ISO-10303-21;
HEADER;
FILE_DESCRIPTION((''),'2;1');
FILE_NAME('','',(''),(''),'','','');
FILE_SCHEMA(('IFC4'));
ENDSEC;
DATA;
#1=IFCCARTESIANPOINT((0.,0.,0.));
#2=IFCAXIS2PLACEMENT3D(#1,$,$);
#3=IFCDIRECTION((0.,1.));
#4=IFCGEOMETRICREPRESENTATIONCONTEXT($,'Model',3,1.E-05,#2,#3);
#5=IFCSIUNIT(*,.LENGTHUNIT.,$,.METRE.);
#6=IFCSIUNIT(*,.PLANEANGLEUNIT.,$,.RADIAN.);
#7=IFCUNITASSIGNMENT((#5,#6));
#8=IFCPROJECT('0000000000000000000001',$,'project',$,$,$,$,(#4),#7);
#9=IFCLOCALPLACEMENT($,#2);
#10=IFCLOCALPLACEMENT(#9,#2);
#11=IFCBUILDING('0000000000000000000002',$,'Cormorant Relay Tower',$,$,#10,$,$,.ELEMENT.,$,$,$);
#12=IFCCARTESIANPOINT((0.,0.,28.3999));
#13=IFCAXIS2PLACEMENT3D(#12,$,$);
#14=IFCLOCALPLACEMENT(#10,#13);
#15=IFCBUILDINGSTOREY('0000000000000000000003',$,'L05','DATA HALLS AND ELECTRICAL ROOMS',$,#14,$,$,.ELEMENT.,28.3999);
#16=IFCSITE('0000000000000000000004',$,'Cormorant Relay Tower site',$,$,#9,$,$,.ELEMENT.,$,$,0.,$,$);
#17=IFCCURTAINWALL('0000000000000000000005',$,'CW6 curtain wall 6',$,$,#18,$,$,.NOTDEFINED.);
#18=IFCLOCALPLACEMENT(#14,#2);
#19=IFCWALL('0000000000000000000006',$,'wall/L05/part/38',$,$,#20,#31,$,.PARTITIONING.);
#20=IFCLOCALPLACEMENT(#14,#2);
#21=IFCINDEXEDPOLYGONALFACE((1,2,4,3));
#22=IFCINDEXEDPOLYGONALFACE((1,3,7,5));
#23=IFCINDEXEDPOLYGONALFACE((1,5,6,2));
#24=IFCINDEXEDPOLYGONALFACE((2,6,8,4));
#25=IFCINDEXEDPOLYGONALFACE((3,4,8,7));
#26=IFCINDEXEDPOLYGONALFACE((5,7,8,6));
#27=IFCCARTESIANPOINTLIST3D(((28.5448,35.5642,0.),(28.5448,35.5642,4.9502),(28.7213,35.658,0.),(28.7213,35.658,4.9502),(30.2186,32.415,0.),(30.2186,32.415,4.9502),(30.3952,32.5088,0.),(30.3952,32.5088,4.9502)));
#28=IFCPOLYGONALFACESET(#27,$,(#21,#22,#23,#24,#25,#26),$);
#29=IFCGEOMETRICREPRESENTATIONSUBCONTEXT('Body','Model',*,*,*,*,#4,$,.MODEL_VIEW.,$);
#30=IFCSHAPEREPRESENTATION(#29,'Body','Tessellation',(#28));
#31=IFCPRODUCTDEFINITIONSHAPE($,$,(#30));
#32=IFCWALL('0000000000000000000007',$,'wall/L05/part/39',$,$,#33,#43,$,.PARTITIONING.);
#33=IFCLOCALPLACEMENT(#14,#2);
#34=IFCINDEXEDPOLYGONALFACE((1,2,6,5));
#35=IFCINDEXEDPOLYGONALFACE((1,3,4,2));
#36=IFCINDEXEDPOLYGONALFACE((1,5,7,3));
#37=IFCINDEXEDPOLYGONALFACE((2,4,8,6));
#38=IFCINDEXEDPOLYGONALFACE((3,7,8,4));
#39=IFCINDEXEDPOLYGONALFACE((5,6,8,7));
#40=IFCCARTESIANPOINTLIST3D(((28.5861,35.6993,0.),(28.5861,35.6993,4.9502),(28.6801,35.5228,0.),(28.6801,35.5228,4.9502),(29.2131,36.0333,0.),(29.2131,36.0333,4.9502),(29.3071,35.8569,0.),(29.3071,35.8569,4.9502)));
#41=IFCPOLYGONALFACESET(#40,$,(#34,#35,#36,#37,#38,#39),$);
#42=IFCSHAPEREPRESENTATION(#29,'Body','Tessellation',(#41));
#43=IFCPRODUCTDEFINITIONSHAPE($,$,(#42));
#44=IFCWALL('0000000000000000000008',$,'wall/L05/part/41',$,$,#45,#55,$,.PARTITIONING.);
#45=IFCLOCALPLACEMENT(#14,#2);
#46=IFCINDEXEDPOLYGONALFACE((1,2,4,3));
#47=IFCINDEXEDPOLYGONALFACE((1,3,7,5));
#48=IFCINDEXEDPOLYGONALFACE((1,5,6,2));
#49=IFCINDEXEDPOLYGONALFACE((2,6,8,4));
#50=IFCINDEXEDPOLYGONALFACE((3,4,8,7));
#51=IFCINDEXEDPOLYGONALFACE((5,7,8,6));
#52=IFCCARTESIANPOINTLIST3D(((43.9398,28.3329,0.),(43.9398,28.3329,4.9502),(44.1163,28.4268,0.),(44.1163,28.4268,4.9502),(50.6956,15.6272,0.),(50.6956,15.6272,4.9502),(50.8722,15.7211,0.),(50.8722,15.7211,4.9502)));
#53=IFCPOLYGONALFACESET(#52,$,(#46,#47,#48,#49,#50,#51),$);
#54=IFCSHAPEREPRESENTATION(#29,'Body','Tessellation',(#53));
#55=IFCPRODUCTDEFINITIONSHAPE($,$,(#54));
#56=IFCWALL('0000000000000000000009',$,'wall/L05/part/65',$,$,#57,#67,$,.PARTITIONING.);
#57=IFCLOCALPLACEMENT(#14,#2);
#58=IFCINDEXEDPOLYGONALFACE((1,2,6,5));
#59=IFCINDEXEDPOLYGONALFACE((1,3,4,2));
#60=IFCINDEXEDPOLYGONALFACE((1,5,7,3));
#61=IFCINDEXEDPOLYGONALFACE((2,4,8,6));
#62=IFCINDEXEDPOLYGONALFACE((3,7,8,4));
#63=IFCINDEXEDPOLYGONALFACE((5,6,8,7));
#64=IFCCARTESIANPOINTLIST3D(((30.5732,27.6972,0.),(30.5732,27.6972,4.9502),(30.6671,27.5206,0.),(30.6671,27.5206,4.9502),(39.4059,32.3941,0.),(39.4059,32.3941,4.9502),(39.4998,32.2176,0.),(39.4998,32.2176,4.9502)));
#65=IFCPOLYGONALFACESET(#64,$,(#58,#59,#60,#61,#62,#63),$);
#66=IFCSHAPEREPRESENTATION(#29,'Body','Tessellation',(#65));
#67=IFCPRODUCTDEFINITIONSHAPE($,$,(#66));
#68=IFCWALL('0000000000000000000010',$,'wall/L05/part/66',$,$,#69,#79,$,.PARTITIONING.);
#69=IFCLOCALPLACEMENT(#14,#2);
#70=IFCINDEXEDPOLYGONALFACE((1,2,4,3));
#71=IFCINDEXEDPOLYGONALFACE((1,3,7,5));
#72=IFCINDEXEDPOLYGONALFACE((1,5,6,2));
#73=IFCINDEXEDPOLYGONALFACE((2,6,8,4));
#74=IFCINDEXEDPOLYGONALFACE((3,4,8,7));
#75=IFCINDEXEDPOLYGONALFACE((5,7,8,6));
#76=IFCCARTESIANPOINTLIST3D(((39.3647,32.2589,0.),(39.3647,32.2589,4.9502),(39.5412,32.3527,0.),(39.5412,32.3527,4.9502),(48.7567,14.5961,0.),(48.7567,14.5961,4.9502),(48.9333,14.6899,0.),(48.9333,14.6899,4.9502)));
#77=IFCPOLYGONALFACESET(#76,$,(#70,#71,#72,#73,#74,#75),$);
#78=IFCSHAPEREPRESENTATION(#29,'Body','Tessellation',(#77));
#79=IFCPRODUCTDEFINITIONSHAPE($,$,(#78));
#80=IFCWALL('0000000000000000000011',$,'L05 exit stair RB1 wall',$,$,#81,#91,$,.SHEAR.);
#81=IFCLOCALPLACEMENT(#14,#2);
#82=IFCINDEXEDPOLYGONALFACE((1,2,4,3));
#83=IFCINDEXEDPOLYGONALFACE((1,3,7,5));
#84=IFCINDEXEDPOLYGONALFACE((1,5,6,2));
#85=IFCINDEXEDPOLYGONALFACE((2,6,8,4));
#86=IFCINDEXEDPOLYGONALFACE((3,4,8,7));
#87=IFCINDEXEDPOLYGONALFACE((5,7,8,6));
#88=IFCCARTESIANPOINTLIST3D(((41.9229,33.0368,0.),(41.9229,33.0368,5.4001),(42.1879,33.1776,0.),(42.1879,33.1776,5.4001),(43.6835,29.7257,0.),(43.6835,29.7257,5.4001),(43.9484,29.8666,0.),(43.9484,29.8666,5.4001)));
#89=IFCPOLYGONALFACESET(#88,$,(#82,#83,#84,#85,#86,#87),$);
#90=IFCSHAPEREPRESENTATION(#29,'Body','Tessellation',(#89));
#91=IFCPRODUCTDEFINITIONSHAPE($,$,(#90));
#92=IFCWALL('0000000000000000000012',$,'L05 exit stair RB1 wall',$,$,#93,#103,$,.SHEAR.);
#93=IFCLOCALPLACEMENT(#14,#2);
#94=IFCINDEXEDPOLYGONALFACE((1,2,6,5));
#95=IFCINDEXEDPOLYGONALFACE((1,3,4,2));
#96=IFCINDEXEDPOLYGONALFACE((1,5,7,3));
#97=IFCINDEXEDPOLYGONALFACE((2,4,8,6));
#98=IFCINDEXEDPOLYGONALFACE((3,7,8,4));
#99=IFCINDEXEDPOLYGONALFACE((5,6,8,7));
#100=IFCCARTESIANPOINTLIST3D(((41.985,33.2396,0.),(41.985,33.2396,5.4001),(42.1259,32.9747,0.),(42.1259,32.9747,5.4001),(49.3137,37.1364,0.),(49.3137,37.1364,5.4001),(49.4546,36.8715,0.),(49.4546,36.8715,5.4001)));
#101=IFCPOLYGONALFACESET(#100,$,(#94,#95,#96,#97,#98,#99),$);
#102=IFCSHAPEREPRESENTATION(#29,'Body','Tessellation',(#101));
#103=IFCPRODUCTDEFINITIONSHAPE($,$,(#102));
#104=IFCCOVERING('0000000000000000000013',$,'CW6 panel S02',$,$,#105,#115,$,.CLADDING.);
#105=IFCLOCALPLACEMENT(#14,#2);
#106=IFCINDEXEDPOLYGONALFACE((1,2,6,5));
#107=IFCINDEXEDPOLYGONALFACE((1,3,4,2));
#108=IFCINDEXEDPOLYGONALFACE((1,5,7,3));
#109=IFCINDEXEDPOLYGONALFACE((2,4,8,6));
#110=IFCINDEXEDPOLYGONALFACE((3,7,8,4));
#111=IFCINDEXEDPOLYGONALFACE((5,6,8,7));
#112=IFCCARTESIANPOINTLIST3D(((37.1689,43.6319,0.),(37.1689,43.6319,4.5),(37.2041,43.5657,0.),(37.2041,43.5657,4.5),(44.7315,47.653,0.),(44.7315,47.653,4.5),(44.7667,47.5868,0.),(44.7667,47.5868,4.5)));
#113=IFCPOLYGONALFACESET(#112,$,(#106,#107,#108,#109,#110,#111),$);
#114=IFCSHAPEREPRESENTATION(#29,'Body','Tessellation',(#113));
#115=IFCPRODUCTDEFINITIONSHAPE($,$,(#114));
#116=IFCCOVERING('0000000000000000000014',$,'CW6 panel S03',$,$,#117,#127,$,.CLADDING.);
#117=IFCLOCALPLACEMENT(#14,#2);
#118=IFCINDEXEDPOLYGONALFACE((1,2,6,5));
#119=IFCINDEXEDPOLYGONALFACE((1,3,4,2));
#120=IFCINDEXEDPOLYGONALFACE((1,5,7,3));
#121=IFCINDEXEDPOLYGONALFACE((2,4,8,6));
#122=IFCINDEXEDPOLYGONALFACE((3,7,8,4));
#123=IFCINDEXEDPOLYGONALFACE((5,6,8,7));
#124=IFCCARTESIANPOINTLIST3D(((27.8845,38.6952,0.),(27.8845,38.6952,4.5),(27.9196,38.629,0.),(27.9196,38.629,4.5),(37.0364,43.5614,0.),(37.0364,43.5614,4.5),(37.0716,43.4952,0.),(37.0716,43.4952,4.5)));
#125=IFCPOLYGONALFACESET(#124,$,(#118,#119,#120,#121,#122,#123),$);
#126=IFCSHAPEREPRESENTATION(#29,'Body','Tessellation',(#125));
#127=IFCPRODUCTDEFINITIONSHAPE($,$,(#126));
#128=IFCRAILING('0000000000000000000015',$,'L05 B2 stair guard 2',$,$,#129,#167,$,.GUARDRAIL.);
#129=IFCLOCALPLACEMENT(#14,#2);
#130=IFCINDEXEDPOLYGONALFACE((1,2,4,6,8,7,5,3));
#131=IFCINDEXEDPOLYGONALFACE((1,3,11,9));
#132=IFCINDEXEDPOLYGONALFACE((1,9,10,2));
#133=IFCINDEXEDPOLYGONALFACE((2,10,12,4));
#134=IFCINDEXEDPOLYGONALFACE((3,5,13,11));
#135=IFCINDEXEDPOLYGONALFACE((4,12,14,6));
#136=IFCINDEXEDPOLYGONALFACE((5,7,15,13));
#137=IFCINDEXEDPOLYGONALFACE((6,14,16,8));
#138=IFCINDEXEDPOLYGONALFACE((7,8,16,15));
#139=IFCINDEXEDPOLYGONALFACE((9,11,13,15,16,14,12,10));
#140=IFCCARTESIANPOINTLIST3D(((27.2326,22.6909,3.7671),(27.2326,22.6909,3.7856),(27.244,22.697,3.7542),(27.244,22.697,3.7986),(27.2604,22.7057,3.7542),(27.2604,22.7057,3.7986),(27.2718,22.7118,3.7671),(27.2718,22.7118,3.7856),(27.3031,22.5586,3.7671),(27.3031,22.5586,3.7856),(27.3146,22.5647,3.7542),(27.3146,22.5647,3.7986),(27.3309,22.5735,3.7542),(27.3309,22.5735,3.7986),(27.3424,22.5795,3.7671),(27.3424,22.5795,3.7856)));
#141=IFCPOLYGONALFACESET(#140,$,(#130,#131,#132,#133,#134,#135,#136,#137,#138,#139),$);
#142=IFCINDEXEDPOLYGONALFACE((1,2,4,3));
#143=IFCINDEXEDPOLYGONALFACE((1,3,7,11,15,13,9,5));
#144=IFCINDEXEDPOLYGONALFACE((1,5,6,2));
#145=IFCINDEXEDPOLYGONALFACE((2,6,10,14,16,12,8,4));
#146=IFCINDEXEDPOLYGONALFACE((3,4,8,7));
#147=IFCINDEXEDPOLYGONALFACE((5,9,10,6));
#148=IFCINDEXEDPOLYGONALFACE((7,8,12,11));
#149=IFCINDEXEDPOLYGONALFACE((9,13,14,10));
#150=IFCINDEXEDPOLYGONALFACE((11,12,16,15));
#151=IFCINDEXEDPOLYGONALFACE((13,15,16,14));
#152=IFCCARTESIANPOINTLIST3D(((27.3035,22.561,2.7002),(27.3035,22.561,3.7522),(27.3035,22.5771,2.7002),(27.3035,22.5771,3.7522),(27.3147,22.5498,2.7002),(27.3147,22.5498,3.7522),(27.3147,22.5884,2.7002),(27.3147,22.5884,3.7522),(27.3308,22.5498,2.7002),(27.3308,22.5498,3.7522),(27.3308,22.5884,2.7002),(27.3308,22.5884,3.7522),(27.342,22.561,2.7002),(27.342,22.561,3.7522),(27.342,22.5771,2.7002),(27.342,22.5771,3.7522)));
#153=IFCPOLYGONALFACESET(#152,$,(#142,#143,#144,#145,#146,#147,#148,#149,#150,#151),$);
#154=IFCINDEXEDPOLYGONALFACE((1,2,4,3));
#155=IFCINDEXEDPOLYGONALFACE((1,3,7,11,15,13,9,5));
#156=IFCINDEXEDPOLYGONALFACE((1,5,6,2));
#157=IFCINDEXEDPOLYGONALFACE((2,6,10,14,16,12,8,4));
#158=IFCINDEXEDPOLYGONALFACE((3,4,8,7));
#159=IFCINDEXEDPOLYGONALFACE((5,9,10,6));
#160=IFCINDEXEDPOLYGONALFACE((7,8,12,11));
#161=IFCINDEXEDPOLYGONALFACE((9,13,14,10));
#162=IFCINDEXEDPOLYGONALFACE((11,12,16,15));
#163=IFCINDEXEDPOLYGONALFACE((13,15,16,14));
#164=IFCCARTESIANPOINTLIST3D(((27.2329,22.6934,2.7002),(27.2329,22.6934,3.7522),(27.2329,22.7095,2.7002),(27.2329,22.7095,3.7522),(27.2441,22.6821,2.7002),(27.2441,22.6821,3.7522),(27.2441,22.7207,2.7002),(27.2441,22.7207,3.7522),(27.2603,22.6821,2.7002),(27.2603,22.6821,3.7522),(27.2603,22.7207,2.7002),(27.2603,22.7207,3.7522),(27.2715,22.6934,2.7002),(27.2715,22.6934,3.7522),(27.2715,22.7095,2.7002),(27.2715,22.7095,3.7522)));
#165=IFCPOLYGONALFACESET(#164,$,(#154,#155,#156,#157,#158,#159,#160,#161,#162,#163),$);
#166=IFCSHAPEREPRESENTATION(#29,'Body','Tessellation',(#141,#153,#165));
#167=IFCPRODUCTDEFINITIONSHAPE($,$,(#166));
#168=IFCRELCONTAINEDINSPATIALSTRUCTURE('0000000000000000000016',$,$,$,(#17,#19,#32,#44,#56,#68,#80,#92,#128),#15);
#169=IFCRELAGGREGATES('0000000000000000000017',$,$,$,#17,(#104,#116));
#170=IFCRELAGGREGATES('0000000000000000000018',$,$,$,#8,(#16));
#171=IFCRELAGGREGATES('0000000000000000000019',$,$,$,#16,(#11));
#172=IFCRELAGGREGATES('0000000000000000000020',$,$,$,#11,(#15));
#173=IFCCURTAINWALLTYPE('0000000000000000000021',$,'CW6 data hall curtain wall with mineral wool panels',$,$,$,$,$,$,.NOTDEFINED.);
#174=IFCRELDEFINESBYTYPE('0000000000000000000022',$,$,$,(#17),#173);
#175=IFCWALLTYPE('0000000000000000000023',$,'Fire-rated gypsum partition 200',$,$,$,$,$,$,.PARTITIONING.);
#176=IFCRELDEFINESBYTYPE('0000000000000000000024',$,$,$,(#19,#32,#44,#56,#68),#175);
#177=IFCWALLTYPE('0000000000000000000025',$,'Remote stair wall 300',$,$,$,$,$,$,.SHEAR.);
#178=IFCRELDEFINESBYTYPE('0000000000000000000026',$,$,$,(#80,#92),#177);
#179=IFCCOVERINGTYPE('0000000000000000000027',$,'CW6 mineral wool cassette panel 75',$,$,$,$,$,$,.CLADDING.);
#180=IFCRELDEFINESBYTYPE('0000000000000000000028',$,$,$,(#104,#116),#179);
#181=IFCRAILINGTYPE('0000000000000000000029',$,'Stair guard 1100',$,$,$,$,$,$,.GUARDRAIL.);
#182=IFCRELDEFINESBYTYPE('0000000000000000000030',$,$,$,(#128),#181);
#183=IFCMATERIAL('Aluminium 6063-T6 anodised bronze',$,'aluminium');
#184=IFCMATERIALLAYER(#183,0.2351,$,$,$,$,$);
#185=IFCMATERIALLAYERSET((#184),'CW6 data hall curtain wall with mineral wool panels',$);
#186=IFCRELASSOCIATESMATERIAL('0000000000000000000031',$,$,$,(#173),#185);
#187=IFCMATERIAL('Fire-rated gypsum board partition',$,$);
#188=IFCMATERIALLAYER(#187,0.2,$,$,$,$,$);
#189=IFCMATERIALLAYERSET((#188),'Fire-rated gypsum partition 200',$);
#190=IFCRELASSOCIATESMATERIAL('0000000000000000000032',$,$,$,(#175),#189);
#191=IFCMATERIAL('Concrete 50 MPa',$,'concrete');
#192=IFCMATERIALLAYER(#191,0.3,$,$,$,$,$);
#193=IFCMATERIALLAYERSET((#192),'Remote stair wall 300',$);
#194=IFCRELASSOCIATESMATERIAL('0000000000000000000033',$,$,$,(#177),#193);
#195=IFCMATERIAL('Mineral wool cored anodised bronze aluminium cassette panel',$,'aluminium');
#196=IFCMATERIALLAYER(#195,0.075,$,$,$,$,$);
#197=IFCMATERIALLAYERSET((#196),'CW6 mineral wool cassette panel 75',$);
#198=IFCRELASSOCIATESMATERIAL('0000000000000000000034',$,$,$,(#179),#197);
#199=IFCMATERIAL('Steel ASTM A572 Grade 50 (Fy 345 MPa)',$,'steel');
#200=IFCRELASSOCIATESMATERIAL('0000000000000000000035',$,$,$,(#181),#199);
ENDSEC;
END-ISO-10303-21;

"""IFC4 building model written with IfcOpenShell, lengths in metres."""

from ifc_helpers import new_model, si_unit, direction, frame, frame_2d, origin, origin_2d, place, context, subcontext, project, spatial, polyline, rectangle, outline, extrude, material, layer, layer_set, type_object, element, aggregate, save


model = new_model("IFC4")

# Units and contexts
model_context = context("Model", 3, precision=1e-05, world=origin(), true_north=direction((0.0, 1.0)))
body_context = subcontext(model_context, "Body", "Model", "MODEL_VIEW")
ifc_project = project(units=[si_unit("LENGTHUNIT", "METRE"), si_unit("PLANEANGLEUNIT", "RADIAN")], contexts=[model_context])

# Site, building, storey
site_placement = place(None, origin())
site = spatial("IfcSite", under=ifc_project, at=site_placement, Name="Cormorant Relay Tower site", CompositionType="ELEMENT", RefElevation=0.0)
building_placement = place(site_placement, origin())
building = spatial("IfcBuilding", under=site, at=building_placement, Name="Cormorant Relay Tower", CompositionType="ELEMENT")
storey_placement = place(building_placement, frame((0.0, 0.0, 28.3999)))
storey = spatial("IfcBuildingStorey", under=building, at=storey_placement, Name="L05", Description="DATA HALLS AND ELECTRICAL ROOMS", CompositionType="ELEMENT", Elevation=28.3999)

# Curtain wall
ifc_material_1 = material(Name="Aluminium 6063-T6 anodised bronze", Category="aluminium")
ifc_layer_1 = layer(ifc_material_1, 0.2351)
ifc_layer_set_1 = layer_set([ifc_layer_1], Name="CW6 data hall curtain wall with mineral wool panels")
curtain_wall_type = type_object("IfcCurtainWallType", Name="CW6 data hall curtain wall with mineral wool panels", PredefinedType="NOTDEFINED", material=ifc_layer_set_1)
curtain_wall_placement = place(storey_placement, origin())
curtain_wall = element("IfcCurtainWall", 1, at=curtain_wall_placement, inside=storey, type_object=curtain_wall_type, Name="CW6 curtain wall 6", PredefinedType="NOTDEFINED")

# Walls
ifc_material_2 = material(Name="Fire-rated gypsum board partition")
ifc_layer_2 = layer(ifc_material_2, 0.2)
ifc_layer_set_2 = layer_set([ifc_layer_2], Name="Fire-rated gypsum partition 200")
wall_type_1 = type_object("IfcWallType", Name="Fire-rated gypsum partition 200", PredefinedType="PARTITIONING", material=ifc_layer_set_2)
wall_1_placement = place(storey_placement, frame((30.3069, 32.4619, 0.0), z_axis=(0.0, 0.0, 1.0), x_axis=(-0.469337, 0.883019, 0.0)))
element("IfcWall", 2, at=wall_1_placement, inside=storey, type_object=wall_type_1, Name="wall/L05/part/38", PredefinedType="PARTITIONING", context=body_context, shape_type="SweptSolid", body=[
    extrude(rectangle(XDim=3.5664, YDim=0.2, at=frame_2d((1.7832, 0.0))), origin(), (0.0, 0.0, 1.0), 4.9502),
])
wall_2_placement = place(storey_placement, frame((28.6331, 35.6111, 0.0), z_axis=(0.0, 0.0, 1.0), x_axis=(0.882581, 0.47016, 0.0)))
element("IfcWall", 3, at=wall_2_placement, inside=storey, type_object=wall_type_1, Name="wall/L05/part/39", PredefinedType="PARTITIONING", context=body_context, shape_type="SweptSolid", body=[
    extrude(rectangle(XDim=0.7104, YDim=0.2, at=frame_2d((0.3552, 0.0))), origin(), (0.0, 0.0, 1.0), 4.9502),
])
wall_3_placement = place(storey_placement, frame((44.0281, 28.3799, 0.0), z_axis=(0.0, 0.0, 1.0), x_axis=(0.469475, -0.882946, 0.0)))
element("IfcWall", 4, at=wall_3_placement, inside=storey, type_object=wall_type_1, Name="wall/L05/part/41", PredefinedType="PARTITIONING", context=body_context, shape_type="SweptSolid", body=[
    extrude(rectangle(XDim=14.3901, YDim=0.2, at=frame_2d((7.1951, 0.0))), origin(), (0.0, 0.0, 1.0), 4.9502),
])
wall_4_placement = place(storey_placement, frame((30.6201, 27.6089, 0.0), z_axis=(0.0, 0.0, 1.0), x_axis=(0.882924, 0.469515, 0.0)))
element("IfcWall", 5, at=wall_4_placement, inside=storey, type_object=wall_type_1, Name="wall/L05/part/65", PredefinedType="PARTITIONING", context=body_context, shape_type="SweptSolid", body=[
    extrude(rectangle(XDim=10.0039, YDim=0.2, at=frame_2d((5.002, 0.0))), origin(), (0.0, 0.0, 1.0), 4.9502),
])
wall_5_placement = place(storey_placement, frame((39.4529, 32.3059, 0.0), z_axis=(0.0, 0.0, 1.0), x_axis=(0.469495, -0.882935, 0.0)))
element("IfcWall", 6, at=wall_5_placement, inside=storey, type_object=wall_type_1, Name="wall/L05/part/66", PredefinedType="PARTITIONING", context=body_context, shape_type="SweptSolid", body=[
    extrude(rectangle(XDim=20.0046, YDim=0.2, at=frame_2d((10.0024, 0.0))), origin(), (0.0, 0.0, 1.0), 4.9502),
])
ifc_material_3 = material(Name="Concrete 50 MPa", Category="concrete")
ifc_layer_3 = layer(ifc_material_3, 0.3)
ifc_layer_set_3 = layer_set([ifc_layer_3], Name="Remote stair wall 300")
wall_type_2 = type_object("IfcWallType", Name="Remote stair wall 300", PredefinedType="SHEAR", material=ifc_layer_set_3)
wall_6_placement = place(storey_placement, frame((43.8159, 29.7961, 0.0), z_axis=(0.0, 0.0, 1.0), x_axis=(-0.469469, 0.882949, 0.0)))
element("IfcWall", 7, at=wall_6_placement, inside=storey, type_object=wall_type_2, Name="L05 exit stair RB1 wall", PredefinedType="SHEAR", context=body_context, shape_type="SweptSolid", body=[
    extrude(rectangle(XDim=3.75, YDim=0.3, at=frame_2d((1.875, 0.0))), origin(), (0.0, 0.0, 1.0), 5.4001),
])
wall_7_placement = place(storey_placement, frame((42.0554, 33.1072, 0.0), z_axis=(0.0, 0.0, 1.0), x_axis=(0.882946, 0.469475, 0.0)))
element("IfcWall", 8, at=wall_7_placement, inside=storey, type_object=wall_type_2, Name="L05 exit stair RB1 wall", PredefinedType="SHEAR", context=body_context, shape_type="SweptSolid", body=[
    extrude(rectangle(XDim=8.3003, YDim=0.3, at=frame_2d((4.1501, 0.0))), origin(), (0.0, 0.0, 1.0), 5.4001),
])

# Coverings
ifc_material_4 = material(Name="Mineral wool cored anodised bronze aluminium cassette panel", Category="aluminium")
ifc_layer_4 = layer(ifc_material_4, 0.075)
ifc_layer_set_4 = layer_set([ifc_layer_4], Name="CW6 mineral wool cassette panel 75")
covering_type = type_object("IfcCoveringType", Name="CW6 mineral wool cassette panel 75", PredefinedType="CLADDING", material=ifc_layer_set_4)
covering_1_placement = place(storey_placement, frame((40.9678, 45.6094, 0.0), z_axis=(0.0, 0.0, 1.0), x_axis=(-0.882948, -0.469472, 0.0)))
covering_1 = element("IfcCovering", 9, at=covering_1_placement, type_object=covering_type, Name="CW6 panel S02", PredefinedType="CLADDING", context=body_context, shape_type="SweptSolid", body=[
    extrude(rectangle(XDim=8.5652, YDim=0.075, at=origin_2d()), origin(), (0.0, 0.0, 1.0), 4.5),
])
covering_2_placement = place(storey_placement, frame((32.478, 41.0952, 0.0), z_axis=(0.0, 0.0, 1.0), x_axis=(-0.882948, -0.469472, 0.0)))
covering_2 = element("IfcCovering", 10, at=covering_2_placement, type_object=covering_type, Name="CW6 panel S03", PredefinedType="CLADDING", context=body_context, shape_type="SweptSolid", body=[
    extrude(rectangle(XDim=10.3652, YDim=0.075, at=origin_2d()), origin(), (0.0, 0.0, 1.0), 4.5),
])
aggregate(curtain_wall, [covering_1, covering_2])

# Railing
ifc_material_5 = material(Name="Steel ASTM A572 Grade 50 (Fy 345 MPa)", Category="steel")
railing_type = type_object("IfcRailingType", Name="Stair guard 1100", PredefinedType="GUARDRAIL", material=ifc_material_5)
railing_1_placement = place(storey_placement, frame((27.3228, 22.5691, 2.7002)))
element("IfcRailing", 11, at=railing_1_placement, inside=storey, type_object=railing_type, Name="L05 B2 stair guard 2", PredefinedType="GUARDRAIL", context=body_context, shape_type="SweptSolid", body=[
    extrude(outline(polyline([(0.0222, 0.0093), (0.0093, 0.0222), (-0.0093, 0.0222), (-0.0222, 0.0093), (-0.0222, -0.0093), (-0.0093, -0.0222), (0.0093, -0.0222), (0.0222, -0.0093), (0.0222, 0.0093)])), frame((0.0, 0.0, 1.0762), z_axis=(-0.470504, 0.882398, 0.0), x_axis=(-0.882398, -0.470504, 0.0)), (0.0, 0.0, 1.0), 0.1499),
    extrude(outline(polyline([(0.0193, 0.0081), (0.0081, 0.0193), (-0.0081, 0.0193), (-0.0193, 0.0081), (-0.0193, -0.0081), (-0.0081, -0.0193), (0.0081, -0.0193), (0.0193, -0.0081), (0.0193, 0.0081)])), origin(), (0.0, 0.0, 1.0), 1.052),
    extrude(outline(polyline([(0.0193, 0.0081), (0.0081, 0.0193), (-0.0081, 0.0193), (-0.0193, 0.0081), (-0.0193, -0.0081), (-0.0081, -0.0193), (0.0081, -0.0193), (0.0193, -0.0081), (0.0193, 0.0081)])), frame((-0.0706, 0.1323, 0.0)), (0.0, 0.0, 1.0), 1.052),
])

save(model, "model.ifc")
